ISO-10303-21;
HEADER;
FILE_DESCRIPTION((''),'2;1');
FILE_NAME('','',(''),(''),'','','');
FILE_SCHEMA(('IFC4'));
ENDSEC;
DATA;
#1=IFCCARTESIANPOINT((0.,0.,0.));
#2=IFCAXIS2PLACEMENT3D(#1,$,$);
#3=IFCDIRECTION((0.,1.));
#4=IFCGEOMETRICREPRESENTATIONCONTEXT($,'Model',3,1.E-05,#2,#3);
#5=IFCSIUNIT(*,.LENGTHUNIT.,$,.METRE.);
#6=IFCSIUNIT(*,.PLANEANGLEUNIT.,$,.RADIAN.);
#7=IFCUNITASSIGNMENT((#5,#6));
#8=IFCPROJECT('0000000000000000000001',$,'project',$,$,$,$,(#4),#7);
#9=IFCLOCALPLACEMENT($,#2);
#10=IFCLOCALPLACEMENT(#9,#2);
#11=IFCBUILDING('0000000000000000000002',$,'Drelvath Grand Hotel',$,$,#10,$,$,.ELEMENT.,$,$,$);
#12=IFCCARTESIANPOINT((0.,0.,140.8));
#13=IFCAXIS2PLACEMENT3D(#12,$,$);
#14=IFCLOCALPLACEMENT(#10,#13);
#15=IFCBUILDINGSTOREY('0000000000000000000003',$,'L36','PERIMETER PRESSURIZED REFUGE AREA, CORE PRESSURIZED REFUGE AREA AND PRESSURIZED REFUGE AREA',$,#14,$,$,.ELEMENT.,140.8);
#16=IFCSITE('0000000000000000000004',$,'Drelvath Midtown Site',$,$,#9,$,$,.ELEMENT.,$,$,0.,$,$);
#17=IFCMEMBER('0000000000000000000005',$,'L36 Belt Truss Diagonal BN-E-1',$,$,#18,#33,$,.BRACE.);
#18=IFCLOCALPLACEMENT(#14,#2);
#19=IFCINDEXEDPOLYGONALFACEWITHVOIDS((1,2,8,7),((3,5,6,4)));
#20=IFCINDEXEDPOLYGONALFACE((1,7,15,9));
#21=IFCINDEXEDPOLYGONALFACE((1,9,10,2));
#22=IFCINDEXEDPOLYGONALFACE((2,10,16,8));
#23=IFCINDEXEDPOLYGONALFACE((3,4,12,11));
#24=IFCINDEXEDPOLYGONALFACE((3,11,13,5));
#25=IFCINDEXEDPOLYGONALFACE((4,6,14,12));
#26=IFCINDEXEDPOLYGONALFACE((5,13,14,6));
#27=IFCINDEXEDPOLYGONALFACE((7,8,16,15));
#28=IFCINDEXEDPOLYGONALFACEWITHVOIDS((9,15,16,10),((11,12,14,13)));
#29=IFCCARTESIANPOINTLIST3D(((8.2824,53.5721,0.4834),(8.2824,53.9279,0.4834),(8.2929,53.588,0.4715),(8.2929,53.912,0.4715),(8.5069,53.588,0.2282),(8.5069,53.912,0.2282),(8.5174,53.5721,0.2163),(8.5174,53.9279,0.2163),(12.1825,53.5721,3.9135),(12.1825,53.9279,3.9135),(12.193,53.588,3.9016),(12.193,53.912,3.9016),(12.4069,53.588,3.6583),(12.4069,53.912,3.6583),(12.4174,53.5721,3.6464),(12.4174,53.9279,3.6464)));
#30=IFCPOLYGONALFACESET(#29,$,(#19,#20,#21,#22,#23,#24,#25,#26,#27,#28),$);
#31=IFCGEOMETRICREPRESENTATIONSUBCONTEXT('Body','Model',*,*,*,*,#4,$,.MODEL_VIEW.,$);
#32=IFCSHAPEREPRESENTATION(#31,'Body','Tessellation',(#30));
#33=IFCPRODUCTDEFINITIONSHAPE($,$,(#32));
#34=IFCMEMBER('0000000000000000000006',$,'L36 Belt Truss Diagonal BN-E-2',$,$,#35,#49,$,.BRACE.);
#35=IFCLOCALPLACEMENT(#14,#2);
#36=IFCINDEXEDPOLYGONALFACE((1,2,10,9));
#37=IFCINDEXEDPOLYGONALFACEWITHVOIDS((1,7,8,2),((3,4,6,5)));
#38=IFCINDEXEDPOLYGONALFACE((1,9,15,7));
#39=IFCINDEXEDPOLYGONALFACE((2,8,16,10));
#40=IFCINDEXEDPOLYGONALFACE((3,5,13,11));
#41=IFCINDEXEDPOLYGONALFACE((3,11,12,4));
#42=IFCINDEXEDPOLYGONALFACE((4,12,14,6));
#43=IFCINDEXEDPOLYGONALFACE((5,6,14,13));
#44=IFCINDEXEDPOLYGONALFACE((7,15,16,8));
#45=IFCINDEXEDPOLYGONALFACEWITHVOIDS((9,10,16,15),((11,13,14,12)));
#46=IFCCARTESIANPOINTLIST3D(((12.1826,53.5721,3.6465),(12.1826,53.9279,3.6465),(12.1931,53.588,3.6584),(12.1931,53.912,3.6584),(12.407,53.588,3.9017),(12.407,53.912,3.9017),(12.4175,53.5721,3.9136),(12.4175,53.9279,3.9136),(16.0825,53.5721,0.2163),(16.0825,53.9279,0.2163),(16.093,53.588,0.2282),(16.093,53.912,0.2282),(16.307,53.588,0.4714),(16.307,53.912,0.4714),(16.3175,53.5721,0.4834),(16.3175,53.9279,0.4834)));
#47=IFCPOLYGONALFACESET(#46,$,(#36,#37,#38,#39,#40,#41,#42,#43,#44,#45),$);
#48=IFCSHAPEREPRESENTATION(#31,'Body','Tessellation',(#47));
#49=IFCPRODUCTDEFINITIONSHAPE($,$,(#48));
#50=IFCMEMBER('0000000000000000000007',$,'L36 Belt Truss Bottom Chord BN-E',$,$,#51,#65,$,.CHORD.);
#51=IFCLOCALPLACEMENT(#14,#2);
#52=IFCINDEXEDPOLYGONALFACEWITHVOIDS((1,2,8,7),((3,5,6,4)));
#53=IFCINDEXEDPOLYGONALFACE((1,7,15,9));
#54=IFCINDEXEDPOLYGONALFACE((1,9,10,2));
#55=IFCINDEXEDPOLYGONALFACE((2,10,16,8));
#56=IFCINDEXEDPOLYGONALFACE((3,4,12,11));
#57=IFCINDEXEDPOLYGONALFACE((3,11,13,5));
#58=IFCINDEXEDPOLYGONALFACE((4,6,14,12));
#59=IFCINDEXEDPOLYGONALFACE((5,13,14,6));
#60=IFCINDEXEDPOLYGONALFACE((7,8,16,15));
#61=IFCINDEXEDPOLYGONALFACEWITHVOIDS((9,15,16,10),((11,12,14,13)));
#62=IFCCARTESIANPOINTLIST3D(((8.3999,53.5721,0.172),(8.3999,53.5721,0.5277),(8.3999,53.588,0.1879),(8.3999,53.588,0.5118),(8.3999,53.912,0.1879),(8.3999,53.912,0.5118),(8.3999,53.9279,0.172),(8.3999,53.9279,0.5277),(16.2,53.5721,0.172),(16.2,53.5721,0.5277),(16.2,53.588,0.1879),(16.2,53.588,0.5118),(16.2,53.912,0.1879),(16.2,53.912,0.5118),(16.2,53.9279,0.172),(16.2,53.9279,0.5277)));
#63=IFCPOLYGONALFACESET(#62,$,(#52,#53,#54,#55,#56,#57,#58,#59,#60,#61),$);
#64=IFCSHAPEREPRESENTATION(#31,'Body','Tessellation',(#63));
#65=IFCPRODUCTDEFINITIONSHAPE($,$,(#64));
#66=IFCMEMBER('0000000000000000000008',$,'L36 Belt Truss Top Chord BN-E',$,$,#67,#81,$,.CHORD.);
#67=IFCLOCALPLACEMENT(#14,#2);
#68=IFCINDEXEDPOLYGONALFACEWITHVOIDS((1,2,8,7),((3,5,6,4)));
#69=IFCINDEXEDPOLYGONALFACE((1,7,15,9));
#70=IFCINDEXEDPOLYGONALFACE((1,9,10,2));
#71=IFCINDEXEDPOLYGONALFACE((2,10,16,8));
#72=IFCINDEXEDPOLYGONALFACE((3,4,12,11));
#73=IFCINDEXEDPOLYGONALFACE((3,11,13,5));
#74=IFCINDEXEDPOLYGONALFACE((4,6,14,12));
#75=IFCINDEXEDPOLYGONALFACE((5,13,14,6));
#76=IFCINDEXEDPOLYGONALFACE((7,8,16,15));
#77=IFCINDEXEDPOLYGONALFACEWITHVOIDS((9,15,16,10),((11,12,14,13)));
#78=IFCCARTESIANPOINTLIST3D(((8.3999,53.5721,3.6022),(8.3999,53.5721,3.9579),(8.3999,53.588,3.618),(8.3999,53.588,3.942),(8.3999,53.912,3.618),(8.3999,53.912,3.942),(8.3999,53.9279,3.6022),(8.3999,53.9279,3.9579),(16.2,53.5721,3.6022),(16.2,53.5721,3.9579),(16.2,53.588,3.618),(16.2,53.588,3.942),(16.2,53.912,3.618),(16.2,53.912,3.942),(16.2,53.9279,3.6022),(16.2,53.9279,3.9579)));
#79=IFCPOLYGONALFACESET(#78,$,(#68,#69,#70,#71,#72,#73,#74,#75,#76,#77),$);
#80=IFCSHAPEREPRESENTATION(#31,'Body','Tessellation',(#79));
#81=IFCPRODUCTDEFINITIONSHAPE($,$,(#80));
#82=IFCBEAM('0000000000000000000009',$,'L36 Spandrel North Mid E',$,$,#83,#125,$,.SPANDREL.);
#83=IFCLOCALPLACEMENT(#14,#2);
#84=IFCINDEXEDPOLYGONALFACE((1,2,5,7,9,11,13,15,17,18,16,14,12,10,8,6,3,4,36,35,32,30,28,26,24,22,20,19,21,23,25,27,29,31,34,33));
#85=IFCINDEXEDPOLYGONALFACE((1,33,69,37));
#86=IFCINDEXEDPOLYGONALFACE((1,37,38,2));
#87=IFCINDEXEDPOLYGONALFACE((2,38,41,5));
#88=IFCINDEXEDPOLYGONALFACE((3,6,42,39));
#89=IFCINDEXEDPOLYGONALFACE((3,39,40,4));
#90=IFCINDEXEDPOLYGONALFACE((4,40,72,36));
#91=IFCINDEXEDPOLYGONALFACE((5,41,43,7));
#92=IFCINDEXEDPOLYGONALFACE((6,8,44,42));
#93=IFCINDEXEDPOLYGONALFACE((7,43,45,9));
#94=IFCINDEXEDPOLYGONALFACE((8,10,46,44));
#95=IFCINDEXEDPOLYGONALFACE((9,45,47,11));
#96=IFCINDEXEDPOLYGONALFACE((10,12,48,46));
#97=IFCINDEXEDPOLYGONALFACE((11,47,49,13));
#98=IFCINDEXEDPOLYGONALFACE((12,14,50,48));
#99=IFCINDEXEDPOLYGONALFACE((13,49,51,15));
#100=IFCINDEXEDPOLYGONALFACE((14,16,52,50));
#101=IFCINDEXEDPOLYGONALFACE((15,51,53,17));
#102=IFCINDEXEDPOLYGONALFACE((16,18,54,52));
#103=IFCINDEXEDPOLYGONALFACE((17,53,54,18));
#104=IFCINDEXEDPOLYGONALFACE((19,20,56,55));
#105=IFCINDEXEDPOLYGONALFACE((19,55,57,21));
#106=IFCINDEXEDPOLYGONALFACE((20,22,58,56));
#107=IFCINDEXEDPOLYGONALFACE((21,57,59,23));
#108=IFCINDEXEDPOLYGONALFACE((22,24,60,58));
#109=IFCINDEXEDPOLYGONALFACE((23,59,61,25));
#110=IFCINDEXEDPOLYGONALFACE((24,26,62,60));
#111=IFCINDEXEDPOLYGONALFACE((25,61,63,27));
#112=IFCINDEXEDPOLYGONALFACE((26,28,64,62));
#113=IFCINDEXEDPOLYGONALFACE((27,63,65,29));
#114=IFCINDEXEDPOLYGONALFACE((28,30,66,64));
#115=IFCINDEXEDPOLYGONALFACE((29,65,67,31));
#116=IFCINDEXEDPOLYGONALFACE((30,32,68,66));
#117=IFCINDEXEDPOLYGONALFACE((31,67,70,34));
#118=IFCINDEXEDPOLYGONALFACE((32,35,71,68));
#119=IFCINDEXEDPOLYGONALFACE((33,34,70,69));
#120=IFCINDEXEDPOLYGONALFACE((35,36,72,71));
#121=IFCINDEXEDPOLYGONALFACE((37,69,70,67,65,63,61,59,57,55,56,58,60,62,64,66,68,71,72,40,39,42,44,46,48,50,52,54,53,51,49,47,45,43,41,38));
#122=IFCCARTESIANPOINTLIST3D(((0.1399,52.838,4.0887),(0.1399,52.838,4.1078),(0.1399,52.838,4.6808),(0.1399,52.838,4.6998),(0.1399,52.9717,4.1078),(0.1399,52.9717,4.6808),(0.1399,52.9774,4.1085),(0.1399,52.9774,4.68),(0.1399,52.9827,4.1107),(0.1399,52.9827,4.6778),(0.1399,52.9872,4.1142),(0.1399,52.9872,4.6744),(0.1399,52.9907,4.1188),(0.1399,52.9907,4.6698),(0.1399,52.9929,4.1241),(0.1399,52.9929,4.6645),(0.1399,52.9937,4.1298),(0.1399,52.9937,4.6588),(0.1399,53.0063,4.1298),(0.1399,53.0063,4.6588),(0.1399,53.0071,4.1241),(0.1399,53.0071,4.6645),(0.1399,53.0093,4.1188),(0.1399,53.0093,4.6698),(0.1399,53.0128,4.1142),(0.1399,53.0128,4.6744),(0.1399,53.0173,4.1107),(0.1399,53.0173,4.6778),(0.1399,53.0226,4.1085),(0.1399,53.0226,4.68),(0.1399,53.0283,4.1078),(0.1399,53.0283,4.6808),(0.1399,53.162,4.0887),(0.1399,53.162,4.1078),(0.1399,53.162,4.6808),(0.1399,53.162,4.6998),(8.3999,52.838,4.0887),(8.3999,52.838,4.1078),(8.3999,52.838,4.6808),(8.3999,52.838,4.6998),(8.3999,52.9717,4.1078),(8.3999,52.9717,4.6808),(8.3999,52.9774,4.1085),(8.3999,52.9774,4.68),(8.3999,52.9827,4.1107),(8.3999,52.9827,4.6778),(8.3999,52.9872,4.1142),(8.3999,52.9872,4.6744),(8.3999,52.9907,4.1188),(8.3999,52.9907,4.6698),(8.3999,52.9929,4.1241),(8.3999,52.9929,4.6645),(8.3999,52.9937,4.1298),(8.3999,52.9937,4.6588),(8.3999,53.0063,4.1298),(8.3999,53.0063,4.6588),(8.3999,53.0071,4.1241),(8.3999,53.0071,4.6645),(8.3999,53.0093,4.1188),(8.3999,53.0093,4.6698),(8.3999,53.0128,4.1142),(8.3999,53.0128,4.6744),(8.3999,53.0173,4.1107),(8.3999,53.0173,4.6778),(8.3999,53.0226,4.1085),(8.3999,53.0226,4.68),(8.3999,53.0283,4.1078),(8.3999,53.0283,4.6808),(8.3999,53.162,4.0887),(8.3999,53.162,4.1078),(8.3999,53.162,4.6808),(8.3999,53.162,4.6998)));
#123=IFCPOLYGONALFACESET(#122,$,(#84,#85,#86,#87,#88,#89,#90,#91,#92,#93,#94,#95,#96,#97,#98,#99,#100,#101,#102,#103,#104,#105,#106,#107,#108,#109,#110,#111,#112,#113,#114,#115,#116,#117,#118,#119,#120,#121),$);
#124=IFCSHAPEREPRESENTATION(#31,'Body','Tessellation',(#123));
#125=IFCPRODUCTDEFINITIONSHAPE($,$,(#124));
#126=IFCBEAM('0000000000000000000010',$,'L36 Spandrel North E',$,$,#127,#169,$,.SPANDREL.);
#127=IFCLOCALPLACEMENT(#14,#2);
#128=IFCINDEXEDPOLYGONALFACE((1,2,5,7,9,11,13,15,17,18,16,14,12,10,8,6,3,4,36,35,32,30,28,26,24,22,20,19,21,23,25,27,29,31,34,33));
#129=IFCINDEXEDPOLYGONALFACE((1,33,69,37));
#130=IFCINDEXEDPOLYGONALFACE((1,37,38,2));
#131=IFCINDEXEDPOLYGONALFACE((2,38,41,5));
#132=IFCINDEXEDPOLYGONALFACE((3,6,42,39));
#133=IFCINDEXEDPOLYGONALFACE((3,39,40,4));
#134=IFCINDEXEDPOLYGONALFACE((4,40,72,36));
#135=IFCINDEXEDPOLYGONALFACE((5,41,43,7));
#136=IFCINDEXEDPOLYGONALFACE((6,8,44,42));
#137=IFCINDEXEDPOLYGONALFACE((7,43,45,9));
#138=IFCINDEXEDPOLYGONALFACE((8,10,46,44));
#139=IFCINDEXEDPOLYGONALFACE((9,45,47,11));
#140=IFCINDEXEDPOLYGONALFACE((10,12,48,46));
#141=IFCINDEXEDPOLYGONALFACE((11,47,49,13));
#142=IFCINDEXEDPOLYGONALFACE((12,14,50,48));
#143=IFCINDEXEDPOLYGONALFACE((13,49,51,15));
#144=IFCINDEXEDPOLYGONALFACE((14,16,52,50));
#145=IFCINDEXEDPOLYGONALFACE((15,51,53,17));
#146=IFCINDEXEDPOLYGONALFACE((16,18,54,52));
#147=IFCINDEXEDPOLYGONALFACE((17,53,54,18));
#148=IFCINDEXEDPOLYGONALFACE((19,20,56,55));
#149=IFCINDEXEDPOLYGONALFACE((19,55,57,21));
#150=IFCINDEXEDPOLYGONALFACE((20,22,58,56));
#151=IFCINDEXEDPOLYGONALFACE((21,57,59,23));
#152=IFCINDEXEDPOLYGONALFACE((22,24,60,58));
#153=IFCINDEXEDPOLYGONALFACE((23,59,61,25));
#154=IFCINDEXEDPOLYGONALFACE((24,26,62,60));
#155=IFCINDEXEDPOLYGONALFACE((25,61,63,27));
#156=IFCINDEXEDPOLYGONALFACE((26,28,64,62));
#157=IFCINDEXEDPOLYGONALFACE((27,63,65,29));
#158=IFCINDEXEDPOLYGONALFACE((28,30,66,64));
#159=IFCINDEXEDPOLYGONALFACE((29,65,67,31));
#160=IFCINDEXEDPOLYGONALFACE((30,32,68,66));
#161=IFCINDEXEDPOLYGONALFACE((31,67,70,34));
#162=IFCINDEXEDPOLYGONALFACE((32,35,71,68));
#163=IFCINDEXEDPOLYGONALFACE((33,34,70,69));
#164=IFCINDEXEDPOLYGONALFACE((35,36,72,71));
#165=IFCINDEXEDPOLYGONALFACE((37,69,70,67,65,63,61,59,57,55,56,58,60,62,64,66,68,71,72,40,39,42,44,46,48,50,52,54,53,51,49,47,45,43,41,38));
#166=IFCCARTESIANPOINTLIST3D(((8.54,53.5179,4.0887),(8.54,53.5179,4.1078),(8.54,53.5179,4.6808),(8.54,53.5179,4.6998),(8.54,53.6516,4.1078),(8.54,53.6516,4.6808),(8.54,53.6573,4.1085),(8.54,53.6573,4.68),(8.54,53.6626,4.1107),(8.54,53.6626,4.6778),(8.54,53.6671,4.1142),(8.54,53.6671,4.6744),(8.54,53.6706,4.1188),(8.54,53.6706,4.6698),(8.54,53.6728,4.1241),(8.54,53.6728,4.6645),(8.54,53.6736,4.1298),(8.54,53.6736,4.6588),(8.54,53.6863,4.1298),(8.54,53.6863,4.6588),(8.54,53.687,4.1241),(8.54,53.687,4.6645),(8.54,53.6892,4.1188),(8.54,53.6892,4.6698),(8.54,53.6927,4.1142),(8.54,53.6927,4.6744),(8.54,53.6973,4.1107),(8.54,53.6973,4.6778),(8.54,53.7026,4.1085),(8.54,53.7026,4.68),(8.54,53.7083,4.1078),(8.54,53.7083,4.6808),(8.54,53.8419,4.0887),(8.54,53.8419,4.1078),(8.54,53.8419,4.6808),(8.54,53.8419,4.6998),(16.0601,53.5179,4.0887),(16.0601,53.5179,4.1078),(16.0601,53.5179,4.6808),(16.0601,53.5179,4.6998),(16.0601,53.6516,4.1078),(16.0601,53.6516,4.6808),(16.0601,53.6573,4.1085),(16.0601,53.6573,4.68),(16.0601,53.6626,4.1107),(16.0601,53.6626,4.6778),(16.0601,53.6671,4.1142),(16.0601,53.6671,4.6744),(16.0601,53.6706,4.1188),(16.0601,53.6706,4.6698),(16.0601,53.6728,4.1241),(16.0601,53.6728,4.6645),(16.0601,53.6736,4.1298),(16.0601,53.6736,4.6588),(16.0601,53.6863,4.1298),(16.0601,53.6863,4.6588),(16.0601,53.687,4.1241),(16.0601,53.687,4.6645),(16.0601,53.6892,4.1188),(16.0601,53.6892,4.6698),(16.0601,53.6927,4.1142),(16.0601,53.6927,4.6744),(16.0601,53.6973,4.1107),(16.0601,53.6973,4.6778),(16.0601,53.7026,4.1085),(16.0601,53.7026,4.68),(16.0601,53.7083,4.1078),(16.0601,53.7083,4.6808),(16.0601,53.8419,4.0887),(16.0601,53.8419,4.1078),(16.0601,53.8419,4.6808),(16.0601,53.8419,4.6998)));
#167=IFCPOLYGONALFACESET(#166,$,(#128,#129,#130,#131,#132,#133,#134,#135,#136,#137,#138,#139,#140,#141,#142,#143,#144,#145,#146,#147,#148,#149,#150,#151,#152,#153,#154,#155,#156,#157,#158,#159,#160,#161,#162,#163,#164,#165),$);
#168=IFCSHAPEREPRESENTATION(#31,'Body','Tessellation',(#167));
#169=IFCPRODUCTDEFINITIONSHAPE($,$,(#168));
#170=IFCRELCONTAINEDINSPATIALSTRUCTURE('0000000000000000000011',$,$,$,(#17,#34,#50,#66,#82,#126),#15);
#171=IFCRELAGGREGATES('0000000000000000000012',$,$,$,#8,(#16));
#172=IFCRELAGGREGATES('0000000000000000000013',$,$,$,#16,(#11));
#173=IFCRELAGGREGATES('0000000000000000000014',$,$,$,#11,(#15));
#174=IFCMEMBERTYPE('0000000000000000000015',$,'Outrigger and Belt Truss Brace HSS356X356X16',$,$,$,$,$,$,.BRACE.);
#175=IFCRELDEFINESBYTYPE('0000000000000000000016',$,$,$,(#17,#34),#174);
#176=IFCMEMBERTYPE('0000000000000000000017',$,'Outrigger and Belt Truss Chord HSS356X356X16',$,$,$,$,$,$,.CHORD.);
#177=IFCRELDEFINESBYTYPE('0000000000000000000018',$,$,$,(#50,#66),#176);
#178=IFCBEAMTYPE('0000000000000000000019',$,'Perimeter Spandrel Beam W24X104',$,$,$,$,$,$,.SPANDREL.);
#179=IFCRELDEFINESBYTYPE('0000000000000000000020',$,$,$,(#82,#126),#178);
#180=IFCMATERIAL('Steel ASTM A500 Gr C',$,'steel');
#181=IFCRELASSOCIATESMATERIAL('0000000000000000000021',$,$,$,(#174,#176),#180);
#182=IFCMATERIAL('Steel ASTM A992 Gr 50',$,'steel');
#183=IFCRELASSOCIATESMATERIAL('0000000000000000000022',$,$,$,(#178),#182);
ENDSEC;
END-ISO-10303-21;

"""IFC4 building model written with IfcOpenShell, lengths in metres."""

from ifc_helpers import new_model, si_unit, direction, frame, origin, origin_2d, place, context, subcontext, project, spatial, hollow_rectangle, i_section, extrude, material, material_profile, profile_set, type_object, element, save


model = new_model("IFC4")

# Units and contexts
model_context = context("Model", 3, precision=1e-05, world=origin(), true_north=direction((0.0, 1.0)))
body_context = subcontext(model_context, "Body", "Model", "MODEL_VIEW")
ifc_project = project(units=[si_unit("LENGTHUNIT", "METRE"), si_unit("PLANEANGLEUNIT", "RADIAN")], contexts=[model_context])

# Site, building, storey
site_placement = place(None, origin())
site = spatial("IfcSite", under=ifc_project, at=site_placement, Name="Drelvath Midtown Site", CompositionType="ELEMENT", RefElevation=0.0)
building_placement = place(site_placement, origin())
building = spatial("IfcBuilding", under=site, at=building_placement, Name="Drelvath Grand Hotel", CompositionType="ELEMENT")
storey_placement = place(building_placement, frame((0.0, 0.0, 140.8)))
storey = spatial("IfcBuildingStorey", under=building, at=storey_placement, Name="L36", Description="PERIMETER PRESSURIZED REFUGE AREA, CORE PRESSURIZED REFUGE AREA AND PRESSURIZED REFUGE AREA", CompositionType="ELEMENT", Elevation=140.8)

# Members
ifc_material_1 = material(Name="Steel ASTM A500 Gr C", Category="steel")
ifc_material_profile_1 = material_profile(ifc_material_1, hollow_rectangle(XDim=0.3557, YDim=0.3557, WallThickness=0.0159, at=origin_2d()), Name="HSS356X356X16")
ifc_profile_set_1 = profile_set([ifc_material_profile_1], Name="Steel ASTM A500 Gr C")
member_type_1 = type_object("IfcMemberType", Name="Outrigger and Belt Truss Brace HSS356X356X16", PredefinedType="BRACE", material=ifc_profile_set_1)
for number, where, z_axis, x_axis, name in (
    (1, (8.3999, 53.75, 0.3499), (0.7509, 0.0, 0.660416), (0.0, 1.0, 0.0), "L36 Belt Truss Diagonal BN-E-1"),
    (2, (12.3, 53.75, 3.78), (0.750879, 0.0, -0.660439), (0.0, 1.0, 0.0), "L36 Belt Truss Diagonal BN-E-2"),
):
    element("IfcMember", number, at=place(storey_placement, frame(where, z_axis=z_axis, x_axis=x_axis)), inside=storey, type_object=member_type_1, Name=name, PredefinedType="BRACE", context=body_context, shape_type="SweptSolid", body=[
        extrude(hollow_rectangle(XDim=0.3557, YDim=0.3557, WallThickness=0.0159, at=origin_2d()), origin(), (0.0, 0.0, 1.0), 5.1938),
    ])
ifc_material_profile_2 = material_profile(ifc_material_1, hollow_rectangle(XDim=0.3557, YDim=0.3557, WallThickness=0.0159, at=origin_2d()), Name="HSS356X356X16")
ifc_profile_set_2 = profile_set([ifc_material_profile_2], Name="Steel ASTM A500 Gr C")
member_type_2 = type_object("IfcMemberType", Name="Outrigger and Belt Truss Chord HSS356X356X16", PredefinedType="CHORD", material=ifc_profile_set_2)
for number, where, z_axis, x_axis, name in (
    (3, (8.3999, 53.75, 0.3499), (1.0, 0.0, 0.0), (0.0, 1.0, 0.0), "L36 Belt Truss Bottom Chord BN-E"),
    (4, (8.3999, 53.75, 3.78), (1.0, 0.0, 0.0), (0.0, 1.0, 0.0), "L36 Belt Truss Top Chord BN-E"),
):
    element("IfcMember", number, at=place(storey_placement, frame(where, z_axis=z_axis, x_axis=x_axis)), inside=storey, type_object=member_type_2, Name=name, PredefinedType="CHORD", context=body_context, shape_type="SweptSolid", body=[
        extrude(hollow_rectangle(XDim=0.3557, YDim=0.3557, WallThickness=0.0159, at=origin_2d()), origin(), (0.0, 0.0, 1.0), 7.8),
    ])

# Beams
ifc_material_2 = material(Name="Steel ASTM A992 Gr 50", Category="steel")
ifc_material_profile_3 = material_profile(ifc_material_2, i_section(OverallWidth=0.324, OverallDepth=0.6111, WebThickness=0.0127, FlangeThickness=0.019, FilletRadius=0.022, at=origin_2d()), Name="W24X104")
ifc_profile_set_3 = profile_set([ifc_material_profile_3], Name="Steel ASTM A992 Gr 50")
beam_type_1 = type_object("IfcBeamType", Name="Perimeter Spandrel Beam W24X104", PredefinedType="SPANDREL", material=ifc_profile_set_3)
beam_1_placement = place(storey_placement, frame((0.1399, 53.0, 4.3943), z_axis=(1.0, 0.0, 0.0), x_axis=(0.0, 1.0, 0.0)))
element("IfcBeam", 5, at=beam_1_placement, inside=storey, type_object=beam_type_1, Name="L36 Spandrel North Mid E", PredefinedType="SPANDREL", context=body_context, shape_type="SweptSolid", body=[
    extrude(i_section(OverallWidth=0.324, OverallDepth=0.6111, WebThickness=0.0127, FlangeThickness=0.019, FilletRadius=0.022, at=origin_2d()), origin(), (0.0, 0.0, 1.0), 8.26),
])
beam_2_placement = place(storey_placement, frame((8.54, 53.6799, 4.3943), z_axis=(1.0, 0.0, 0.0), x_axis=(0.0, 1.0, 0.0)))
element("IfcBeam", 6, at=beam_2_placement, inside=storey, type_object=beam_type_1, Name="L36 Spandrel North E", PredefinedType="SPANDREL", context=body_context, shape_type="SweptSolid", body=[
    extrude(i_section(OverallWidth=0.324, OverallDepth=0.6111, WebThickness=0.0127, FlangeThickness=0.019, FilletRadius=0.022, at=origin_2d()), origin(), (0.0, 0.0, 1.0), 7.52),
])

save(model, "model.ifc")
